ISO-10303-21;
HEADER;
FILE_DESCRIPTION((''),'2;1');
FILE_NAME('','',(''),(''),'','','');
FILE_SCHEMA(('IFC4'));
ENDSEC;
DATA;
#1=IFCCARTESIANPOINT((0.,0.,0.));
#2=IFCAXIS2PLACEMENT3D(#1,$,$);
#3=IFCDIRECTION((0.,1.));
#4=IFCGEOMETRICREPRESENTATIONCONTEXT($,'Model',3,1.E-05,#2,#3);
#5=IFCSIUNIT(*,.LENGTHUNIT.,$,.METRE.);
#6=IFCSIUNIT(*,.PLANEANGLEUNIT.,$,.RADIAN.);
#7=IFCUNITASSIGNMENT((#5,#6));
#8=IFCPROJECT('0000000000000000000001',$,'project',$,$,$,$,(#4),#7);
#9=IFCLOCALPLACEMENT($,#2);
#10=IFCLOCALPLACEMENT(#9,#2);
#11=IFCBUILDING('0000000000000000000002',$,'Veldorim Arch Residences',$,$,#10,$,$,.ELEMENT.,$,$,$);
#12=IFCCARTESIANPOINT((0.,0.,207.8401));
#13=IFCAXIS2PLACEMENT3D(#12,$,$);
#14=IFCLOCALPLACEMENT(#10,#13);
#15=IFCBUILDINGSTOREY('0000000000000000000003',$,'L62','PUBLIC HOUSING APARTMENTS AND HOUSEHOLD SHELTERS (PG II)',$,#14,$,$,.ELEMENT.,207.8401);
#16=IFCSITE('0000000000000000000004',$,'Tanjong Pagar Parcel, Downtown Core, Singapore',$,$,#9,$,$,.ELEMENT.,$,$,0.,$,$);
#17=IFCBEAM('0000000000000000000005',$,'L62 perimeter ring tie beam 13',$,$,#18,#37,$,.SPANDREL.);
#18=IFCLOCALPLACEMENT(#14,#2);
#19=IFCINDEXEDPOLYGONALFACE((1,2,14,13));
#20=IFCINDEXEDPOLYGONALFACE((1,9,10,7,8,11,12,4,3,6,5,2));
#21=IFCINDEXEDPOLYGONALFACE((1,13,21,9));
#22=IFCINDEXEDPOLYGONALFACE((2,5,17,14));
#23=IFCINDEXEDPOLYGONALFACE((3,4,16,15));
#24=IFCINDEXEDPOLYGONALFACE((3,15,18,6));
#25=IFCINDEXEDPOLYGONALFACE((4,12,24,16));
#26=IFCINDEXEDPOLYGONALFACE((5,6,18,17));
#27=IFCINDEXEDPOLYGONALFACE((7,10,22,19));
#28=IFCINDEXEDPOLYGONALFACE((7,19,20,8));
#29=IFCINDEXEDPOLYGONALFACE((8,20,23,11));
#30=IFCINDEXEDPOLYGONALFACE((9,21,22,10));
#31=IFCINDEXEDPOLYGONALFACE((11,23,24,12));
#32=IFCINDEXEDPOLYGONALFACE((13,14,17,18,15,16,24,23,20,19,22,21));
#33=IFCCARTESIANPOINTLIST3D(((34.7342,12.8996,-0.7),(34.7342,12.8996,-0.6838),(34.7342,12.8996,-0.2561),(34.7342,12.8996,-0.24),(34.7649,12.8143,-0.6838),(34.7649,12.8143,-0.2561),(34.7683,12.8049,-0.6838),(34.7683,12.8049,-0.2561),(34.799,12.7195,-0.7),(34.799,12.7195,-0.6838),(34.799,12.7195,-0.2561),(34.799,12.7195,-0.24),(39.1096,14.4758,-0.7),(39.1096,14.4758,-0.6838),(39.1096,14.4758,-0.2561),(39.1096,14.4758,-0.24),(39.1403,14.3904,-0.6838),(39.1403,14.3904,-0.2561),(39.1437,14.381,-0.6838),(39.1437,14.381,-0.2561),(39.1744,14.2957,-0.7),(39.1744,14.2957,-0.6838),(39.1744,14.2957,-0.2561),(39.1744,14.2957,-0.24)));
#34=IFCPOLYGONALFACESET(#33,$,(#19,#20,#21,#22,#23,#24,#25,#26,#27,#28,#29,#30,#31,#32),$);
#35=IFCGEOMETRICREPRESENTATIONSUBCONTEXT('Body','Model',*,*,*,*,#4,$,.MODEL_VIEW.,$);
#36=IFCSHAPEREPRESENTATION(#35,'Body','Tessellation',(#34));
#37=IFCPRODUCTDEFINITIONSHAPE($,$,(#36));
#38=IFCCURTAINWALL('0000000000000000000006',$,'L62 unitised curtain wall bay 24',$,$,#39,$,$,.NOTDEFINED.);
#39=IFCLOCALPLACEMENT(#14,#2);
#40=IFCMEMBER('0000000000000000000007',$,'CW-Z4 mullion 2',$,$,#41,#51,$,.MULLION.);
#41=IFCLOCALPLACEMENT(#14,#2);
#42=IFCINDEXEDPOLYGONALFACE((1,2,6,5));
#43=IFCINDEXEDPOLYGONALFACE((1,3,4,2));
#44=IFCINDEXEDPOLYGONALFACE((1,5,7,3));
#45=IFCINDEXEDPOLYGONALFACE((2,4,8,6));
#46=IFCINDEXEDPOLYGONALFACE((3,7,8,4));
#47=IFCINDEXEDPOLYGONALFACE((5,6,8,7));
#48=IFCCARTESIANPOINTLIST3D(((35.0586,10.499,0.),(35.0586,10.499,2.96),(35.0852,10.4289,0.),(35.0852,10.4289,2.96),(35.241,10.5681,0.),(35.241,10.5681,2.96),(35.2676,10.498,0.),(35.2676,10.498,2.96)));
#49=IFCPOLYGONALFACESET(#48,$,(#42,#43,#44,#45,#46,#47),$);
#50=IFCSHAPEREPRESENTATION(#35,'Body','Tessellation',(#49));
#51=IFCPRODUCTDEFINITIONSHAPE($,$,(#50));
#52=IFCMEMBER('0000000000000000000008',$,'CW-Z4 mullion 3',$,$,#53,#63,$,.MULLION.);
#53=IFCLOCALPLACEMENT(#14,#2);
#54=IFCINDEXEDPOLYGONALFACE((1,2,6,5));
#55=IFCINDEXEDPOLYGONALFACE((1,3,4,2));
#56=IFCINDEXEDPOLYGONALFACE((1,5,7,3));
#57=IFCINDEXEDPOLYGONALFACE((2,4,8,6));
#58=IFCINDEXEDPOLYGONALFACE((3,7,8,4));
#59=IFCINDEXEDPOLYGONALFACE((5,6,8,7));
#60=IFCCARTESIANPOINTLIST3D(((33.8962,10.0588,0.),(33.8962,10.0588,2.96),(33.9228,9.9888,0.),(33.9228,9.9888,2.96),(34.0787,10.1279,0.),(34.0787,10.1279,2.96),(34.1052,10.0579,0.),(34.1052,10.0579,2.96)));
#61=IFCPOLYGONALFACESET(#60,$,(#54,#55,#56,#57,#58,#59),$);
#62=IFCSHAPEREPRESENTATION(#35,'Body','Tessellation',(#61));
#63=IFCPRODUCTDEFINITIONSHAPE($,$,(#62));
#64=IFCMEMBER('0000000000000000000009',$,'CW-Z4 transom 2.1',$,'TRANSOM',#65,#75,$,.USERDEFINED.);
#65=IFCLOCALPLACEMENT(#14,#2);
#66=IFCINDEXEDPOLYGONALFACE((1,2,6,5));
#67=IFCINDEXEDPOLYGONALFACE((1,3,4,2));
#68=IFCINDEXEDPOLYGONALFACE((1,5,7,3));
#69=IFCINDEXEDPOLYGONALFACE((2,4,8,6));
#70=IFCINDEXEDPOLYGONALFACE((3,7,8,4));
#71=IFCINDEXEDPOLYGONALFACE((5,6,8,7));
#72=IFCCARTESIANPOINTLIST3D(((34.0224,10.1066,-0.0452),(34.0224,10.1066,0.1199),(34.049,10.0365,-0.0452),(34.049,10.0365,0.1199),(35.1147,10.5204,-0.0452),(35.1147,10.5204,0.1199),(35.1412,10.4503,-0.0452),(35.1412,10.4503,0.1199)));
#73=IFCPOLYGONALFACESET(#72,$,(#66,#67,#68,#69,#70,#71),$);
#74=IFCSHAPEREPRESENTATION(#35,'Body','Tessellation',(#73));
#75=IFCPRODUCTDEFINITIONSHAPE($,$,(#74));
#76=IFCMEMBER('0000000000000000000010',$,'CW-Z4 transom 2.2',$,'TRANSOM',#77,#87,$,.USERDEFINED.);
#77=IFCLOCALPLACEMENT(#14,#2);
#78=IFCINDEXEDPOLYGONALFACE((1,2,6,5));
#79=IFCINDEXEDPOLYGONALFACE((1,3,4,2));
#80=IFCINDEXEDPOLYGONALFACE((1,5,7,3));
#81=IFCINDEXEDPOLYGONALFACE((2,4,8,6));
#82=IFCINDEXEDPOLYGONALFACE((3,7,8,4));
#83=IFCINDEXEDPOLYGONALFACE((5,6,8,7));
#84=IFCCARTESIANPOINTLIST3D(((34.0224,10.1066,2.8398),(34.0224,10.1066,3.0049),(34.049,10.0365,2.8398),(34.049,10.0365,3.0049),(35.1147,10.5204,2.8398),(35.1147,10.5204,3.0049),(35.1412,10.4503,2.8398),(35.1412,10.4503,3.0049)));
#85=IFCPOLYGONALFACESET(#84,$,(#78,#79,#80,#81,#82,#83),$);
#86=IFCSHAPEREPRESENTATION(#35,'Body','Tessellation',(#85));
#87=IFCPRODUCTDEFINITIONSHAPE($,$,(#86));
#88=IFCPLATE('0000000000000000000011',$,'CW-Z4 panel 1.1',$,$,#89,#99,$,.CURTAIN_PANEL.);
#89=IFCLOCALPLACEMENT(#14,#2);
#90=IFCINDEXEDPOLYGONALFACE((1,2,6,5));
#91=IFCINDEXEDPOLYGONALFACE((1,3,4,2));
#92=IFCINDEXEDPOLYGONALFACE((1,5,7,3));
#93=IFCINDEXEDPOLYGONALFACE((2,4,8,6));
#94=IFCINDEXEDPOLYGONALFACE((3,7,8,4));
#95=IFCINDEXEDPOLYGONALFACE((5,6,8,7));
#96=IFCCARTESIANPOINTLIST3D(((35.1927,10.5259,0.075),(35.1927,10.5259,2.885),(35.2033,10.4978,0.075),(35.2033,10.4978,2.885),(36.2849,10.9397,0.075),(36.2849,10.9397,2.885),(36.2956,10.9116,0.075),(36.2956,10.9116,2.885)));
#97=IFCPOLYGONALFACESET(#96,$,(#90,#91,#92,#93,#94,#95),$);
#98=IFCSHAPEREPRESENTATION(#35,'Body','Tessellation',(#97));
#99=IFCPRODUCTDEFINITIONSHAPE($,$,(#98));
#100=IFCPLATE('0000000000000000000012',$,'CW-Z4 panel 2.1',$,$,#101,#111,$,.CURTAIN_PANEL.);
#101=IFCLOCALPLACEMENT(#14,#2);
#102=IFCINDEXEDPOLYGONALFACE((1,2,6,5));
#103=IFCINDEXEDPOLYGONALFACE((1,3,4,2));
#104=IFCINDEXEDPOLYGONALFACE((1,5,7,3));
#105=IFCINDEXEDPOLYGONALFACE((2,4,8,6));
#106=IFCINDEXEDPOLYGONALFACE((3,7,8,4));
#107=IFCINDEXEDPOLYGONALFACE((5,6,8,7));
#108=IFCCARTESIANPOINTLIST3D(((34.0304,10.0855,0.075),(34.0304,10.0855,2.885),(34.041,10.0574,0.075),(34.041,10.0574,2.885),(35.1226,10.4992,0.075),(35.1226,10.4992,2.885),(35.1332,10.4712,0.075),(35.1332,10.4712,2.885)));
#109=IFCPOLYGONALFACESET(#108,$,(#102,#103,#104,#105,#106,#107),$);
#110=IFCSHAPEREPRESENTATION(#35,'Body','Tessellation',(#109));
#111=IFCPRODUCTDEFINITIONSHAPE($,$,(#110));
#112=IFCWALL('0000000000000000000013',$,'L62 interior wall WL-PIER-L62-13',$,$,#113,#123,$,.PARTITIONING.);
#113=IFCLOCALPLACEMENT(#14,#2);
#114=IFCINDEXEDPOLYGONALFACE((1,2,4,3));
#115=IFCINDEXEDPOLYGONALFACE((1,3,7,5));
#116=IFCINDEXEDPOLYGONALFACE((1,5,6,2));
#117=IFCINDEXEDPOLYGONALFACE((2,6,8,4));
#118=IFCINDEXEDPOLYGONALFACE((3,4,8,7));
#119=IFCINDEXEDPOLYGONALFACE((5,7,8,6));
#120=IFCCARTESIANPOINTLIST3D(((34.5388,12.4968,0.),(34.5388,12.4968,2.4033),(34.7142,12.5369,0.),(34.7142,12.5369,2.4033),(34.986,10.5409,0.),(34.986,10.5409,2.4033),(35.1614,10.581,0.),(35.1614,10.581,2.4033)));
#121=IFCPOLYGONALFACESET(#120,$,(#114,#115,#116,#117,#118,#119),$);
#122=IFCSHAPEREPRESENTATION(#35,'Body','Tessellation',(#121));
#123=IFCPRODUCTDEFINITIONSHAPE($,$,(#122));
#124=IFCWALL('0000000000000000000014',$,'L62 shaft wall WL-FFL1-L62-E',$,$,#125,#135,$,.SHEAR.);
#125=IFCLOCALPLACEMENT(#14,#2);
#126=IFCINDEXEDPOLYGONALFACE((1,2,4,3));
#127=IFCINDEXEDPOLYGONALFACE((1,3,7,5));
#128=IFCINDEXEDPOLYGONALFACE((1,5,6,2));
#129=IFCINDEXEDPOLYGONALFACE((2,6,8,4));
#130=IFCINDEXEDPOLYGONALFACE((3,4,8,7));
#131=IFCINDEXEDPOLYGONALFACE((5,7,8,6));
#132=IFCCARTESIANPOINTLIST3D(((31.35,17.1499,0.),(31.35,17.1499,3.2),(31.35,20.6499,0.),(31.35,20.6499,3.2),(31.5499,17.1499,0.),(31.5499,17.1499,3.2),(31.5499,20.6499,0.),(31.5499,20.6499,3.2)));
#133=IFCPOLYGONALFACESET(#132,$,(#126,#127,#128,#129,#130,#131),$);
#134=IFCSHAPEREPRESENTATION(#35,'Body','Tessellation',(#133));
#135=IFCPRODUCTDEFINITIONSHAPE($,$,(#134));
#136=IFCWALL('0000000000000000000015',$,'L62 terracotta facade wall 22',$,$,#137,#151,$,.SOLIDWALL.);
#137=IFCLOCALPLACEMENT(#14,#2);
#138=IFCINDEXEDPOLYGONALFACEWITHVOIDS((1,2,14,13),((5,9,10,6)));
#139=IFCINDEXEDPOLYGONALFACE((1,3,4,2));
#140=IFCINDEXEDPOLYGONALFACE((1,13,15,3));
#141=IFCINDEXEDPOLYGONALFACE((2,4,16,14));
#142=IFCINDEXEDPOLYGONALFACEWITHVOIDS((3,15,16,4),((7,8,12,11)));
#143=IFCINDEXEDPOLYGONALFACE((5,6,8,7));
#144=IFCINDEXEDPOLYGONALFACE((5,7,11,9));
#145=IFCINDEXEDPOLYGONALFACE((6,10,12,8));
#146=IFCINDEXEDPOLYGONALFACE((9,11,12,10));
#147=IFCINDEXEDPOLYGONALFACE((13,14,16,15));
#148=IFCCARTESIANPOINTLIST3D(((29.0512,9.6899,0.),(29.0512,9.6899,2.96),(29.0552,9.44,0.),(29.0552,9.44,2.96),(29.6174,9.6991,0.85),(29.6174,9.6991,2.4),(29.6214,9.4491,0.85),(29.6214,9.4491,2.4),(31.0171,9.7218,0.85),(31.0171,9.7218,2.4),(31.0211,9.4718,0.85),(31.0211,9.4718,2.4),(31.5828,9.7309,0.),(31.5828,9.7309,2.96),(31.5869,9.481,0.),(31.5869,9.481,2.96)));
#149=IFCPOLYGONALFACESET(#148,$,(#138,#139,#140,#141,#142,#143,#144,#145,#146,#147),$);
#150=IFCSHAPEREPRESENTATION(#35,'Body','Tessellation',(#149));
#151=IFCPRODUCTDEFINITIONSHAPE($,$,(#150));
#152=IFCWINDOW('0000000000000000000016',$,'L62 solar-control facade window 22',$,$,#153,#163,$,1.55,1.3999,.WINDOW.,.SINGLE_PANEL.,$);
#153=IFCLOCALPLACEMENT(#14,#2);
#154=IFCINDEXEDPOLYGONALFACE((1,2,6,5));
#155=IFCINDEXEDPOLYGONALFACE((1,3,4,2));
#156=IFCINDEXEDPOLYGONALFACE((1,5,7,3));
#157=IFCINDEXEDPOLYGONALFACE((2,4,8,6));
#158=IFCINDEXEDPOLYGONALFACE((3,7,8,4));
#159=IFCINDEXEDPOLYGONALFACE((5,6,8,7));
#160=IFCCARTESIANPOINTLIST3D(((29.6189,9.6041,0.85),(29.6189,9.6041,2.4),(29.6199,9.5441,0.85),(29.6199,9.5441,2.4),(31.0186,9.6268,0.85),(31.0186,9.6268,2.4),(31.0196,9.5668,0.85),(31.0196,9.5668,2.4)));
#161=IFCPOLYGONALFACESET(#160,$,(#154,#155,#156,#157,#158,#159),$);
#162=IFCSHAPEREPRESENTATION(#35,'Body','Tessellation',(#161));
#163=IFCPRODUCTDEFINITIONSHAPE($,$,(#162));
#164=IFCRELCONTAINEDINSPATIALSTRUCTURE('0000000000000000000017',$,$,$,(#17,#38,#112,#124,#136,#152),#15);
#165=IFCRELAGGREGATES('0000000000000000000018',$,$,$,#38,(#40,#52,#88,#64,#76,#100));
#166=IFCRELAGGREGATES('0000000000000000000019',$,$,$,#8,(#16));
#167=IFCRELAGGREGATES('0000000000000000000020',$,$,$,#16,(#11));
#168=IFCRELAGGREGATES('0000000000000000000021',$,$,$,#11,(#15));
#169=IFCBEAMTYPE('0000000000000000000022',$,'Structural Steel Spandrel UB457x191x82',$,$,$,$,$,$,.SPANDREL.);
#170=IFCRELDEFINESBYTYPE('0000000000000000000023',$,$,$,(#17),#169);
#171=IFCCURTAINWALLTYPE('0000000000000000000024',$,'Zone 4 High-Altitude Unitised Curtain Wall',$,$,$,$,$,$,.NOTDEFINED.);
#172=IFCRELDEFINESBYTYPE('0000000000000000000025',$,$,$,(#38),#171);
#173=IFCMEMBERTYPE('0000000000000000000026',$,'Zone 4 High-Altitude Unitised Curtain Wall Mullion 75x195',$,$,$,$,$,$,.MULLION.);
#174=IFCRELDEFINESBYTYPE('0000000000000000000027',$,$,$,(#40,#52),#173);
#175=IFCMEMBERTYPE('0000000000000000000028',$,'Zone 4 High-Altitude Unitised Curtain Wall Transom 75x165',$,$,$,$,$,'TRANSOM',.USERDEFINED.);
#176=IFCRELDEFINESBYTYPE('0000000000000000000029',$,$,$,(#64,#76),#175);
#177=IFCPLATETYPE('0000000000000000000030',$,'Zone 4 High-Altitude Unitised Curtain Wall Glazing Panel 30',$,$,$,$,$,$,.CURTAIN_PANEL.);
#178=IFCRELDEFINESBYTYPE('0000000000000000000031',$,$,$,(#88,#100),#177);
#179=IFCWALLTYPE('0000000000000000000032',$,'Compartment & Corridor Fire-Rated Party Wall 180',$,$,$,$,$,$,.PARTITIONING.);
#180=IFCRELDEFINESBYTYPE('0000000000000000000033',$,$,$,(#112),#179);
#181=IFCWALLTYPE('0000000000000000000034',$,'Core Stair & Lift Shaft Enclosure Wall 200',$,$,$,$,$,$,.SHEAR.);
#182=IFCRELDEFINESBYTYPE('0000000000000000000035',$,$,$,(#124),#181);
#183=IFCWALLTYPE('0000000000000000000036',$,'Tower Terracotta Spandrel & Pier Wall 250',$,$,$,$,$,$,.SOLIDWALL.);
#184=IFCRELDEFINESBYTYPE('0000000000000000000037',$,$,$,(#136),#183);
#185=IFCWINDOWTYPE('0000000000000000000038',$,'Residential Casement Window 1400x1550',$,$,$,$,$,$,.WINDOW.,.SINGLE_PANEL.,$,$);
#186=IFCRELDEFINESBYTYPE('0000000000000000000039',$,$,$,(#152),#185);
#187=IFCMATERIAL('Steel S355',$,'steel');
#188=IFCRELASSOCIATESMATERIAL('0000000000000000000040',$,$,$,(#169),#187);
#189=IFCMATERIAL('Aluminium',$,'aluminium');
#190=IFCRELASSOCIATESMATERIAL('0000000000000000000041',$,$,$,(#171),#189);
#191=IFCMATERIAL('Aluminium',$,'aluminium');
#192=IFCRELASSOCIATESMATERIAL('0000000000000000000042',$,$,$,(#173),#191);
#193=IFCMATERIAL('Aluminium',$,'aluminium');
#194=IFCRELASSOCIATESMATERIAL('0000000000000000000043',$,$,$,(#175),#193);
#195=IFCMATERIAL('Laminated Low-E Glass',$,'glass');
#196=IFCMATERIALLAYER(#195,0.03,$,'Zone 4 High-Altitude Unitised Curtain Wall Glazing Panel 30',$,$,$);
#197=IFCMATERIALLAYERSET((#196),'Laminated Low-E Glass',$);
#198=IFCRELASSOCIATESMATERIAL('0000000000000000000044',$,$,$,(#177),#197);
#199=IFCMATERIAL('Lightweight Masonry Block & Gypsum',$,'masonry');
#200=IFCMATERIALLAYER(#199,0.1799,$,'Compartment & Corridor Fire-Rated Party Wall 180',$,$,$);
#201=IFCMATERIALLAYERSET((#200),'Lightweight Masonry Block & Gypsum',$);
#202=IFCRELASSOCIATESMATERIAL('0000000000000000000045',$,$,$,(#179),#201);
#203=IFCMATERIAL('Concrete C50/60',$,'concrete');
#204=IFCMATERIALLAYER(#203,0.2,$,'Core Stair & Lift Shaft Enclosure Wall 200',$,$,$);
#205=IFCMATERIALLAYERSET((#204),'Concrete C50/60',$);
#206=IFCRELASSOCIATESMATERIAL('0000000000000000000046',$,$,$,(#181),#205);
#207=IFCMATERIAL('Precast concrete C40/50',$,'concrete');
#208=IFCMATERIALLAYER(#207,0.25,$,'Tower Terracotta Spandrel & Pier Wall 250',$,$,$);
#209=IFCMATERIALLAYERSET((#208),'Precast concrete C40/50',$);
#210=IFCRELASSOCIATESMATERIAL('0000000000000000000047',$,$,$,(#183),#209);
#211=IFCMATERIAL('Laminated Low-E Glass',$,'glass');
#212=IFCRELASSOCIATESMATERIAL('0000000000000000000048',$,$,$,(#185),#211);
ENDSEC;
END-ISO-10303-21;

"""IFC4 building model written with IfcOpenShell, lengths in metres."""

from ifc_helpers import new_model, si_unit, direction, frame, frame_2d, origin, origin_2d, place, context, subcontext, project, spatial, rectangle, i_section, extrude, material, layer, layer_set, material_profile, profile_set, type_object, element, fill, aggregate, save


model = new_model("IFC4")

# Units and contexts
model_context = context("Model", 3, precision=1e-05, world=origin(), true_north=direction((0.0, 1.0)))
body_context = subcontext(model_context, "Body", "Model", "MODEL_VIEW")
ifc_project = project(units=[si_unit("LENGTHUNIT", "METRE"), si_unit("PLANEANGLEUNIT", "RADIAN")], contexts=[model_context])

# Site, building, storey
site_placement = place(None, origin())
site = spatial("IfcSite", under=ifc_project, at=site_placement, Name="Tanjong Pagar Parcel, Downtown Core, Singapore", CompositionType="ELEMENT", RefElevation=0.0)
building_placement = place(site_placement, origin())
building = spatial("IfcBuilding", under=site, at=building_placement, Name="Veldorim Arch Residences", CompositionType="ELEMENT")
storey_placement = place(building_placement, frame((0.0, 0.0, 207.8401)))
storey = spatial("IfcBuildingStorey", under=building, at=storey_placement, Name="L62", Description="PUBLIC HOUSING APARTMENTS AND HOUSEHOLD SHELTERS (PG II)", CompositionType="ELEMENT", Elevation=207.8401)

# Beam
ifc_material_1 = material(Name="Steel S355", Category="steel")
ifc_material_profile_1 = material_profile(ifc_material_1, i_section(OverallWidth=0.1914, OverallDepth=0.46, WebThickness=0.01, FlangeThickness=0.0161, at=origin_2d()), Name="UB457x191x82")
ifc_profile_set_1 = profile_set([ifc_material_profile_1], Name="Steel S355")
beam_type_1 = type_object("IfcBeamType", Name="Structural Steel Spandrel UB457x191x82", PredefinedType="SPANDREL", material=ifc_profile_set_1)
beam_1_placement = place(storey_placement, frame((34.7666, 12.8096, -0.47), z_axis=(0.940819, 0.338909, 0.0), x_axis=(-0.338909, 0.940819, 0.0)))
element("IfcBeam", 1, at=beam_1_placement, inside=storey, type_object=beam_type_1, Name="L62 perimeter ring tie beam 13", PredefinedType="SPANDREL", context=body_context, shape_type="SweptSolid", body=[
    extrude(i_section(OverallWidth=0.1914, OverallDepth=0.46, WebThickness=0.01, FlangeThickness=0.0161, at=origin_2d()), origin(), (0.0, 0.0, 1.0), 4.6506),
])

# Curtain wall, members, plates
ifc_material_2 = material(Name="Aluminium", Category="aluminium")
curtain_wall_type = type_object("IfcCurtainWallType", Name="Zone 4 High-Altitude Unitised Curtain Wall", PredefinedType="NOTDEFINED", material=ifc_material_2)
curtain_wall_placement = place(storey_placement, origin())
curtain_wall = element("IfcCurtainWall", 2, at=curtain_wall_placement, inside=storey, type_object=curtain_wall_type, Name="L62 unitised curtain wall bay 24", PredefinedType="NOTDEFINED")
ifc_material_3 = material(Name="Aluminium", Category="aluminium")
ifc_material_profile_2 = material_profile(ifc_material_3, rectangle(XDim=0.075, YDim=0.1951, at=origin_2d()), Name="ALU_MUL_75x195")
ifc_profile_set_2 = profile_set([ifc_material_profile_2], Name="Aluminium")
member_type_1 = type_object("IfcMemberType", Name="Zone 4 High-Altitude Unitised Curtain Wall Mullion 75x195", PredefinedType="MULLION", material=ifc_profile_set_2)
member_1_placement = place(storey_placement, frame((35.1631, 10.4985, 0.0), z_axis=(0.0, 0.0, 1.0), x_axis=(0.354241, -0.935154, 0.0)))
member_1 = element("IfcMember", 3, at=member_1_placement, type_object=member_type_1, Name="CW-Z4 mullion 2", PredefinedType="MULLION", context=body_context, shape_type="SweptSolid", body=[
    extrude(rectangle(XDim=0.075, YDim=0.1951, at=origin_2d()), origin(), (0.0, 0.0, 1.0), 2.96),
])
member_2_placement = place(storey_placement, frame((34.0007, 10.0583, 0.0), z_axis=(0.0, 0.0, 1.0), x_axis=(0.354241, -0.935154, 0.0)))
member_2 = element("IfcMember", 4, at=member_2_placement, type_object=member_type_1, Name="CW-Z4 mullion 3", PredefinedType="MULLION", context=body_context, shape_type="SweptSolid", body=[
    extrude(rectangle(XDim=0.075, YDim=0.1951, at=origin_2d()), origin(), (0.0, 0.0, 1.0), 2.96),
])
ifc_material_4 = material(Name="Aluminium", Category="aluminium")
ifc_material_profile_3 = material_profile(ifc_material_4, rectangle(XDim=0.075, YDim=0.165, at=origin_2d()), Name="ALU_TRN_75x165")
ifc_profile_set_3 = profile_set([ifc_material_profile_3], Name="Aluminium")
member_type_2 = type_object("IfcMemberType", Name="Zone 4 High-Altitude Unitised Curtain Wall Transom 75x165", ElementType="TRANSOM", PredefinedType="USERDEFINED", material=ifc_profile_set_3)
member_3_placement = place(storey_placement, frame((35.1279, 10.4854, 0.0374), z_axis=(-0.935138, -0.354282, 0.0), x_axis=(0.354282, -0.935138, 0.0)))
member_3 = element("IfcMember", 5, at=member_3_placement, type_object=member_type_2, Name="CW-Z4 transom 2.1", ObjectType="TRANSOM", PredefinedType="USERDEFINED", context=body_context, shape_type="SweptSolid", body=[
    extrude(rectangle(XDim=0.075, YDim=0.165, at=origin_2d()), origin(), (0.0, 0.0, 1.0), 1.168),
])
member_4_placement = place(storey_placement, frame((35.1279, 10.4854, 2.9224), z_axis=(-0.935138, -0.354282, 0.0), x_axis=(0.354282, -0.935138, 0.0)))
member_4 = element("IfcMember", 6, at=member_4_placement, type_object=member_type_2, Name="CW-Z4 transom 2.2", ObjectType="TRANSOM", PredefinedType="USERDEFINED", context=body_context, shape_type="SweptSolid", body=[
    extrude(rectangle(XDim=0.075, YDim=0.165, at=origin_2d()), origin(), (0.0, 0.0, 1.0), 1.168),
])
ifc_material_5 = material(Name="Laminated Low-E Glass", Category="glass")
ifc_layer_1 = layer(ifc_material_5, 0.03, Name="Zone 4 High-Altitude Unitised Curtain Wall Glazing Panel 30")
ifc_layer_set_1 = layer_set([ifc_layer_1], Name="Laminated Low-E Glass")
plate_type = type_object("IfcPlateType", Name="Zone 4 High-Altitude Unitised Curtain Wall Glazing Panel 30", PredefinedType="CURTAIN_PANEL", material=ifc_layer_set_1)
plate_1_placement = place(storey_placement, frame((35.7441, 10.7188, 0.075), z_axis=(0.0, 0.0, 1.0), x_axis=(-0.935154, -0.354241, 0.0)))
plate_1 = element("IfcPlate", 7, at=plate_1_placement, type_object=plate_type, Name="CW-Z4 panel 1.1", PredefinedType="CURTAIN_PANEL", context=body_context, shape_type="SweptSolid", body=[
    extrude(rectangle(XDim=1.168, YDim=0.03, at=origin_2d()), origin(), (0.0, 0.0, 1.0), 2.8101),
])
plate_2_placement = place(storey_placement, frame((34.5818, 10.2783, 0.075), z_axis=(0.0, 0.0, 1.0), x_axis=(-0.935154, -0.354241, 0.0)))
plate_2 = element("IfcPlate", 8, at=plate_2_placement, type_object=plate_type, Name="CW-Z4 panel 2.1", PredefinedType="CURTAIN_PANEL", context=body_context, shape_type="SweptSolid", body=[
    extrude(rectangle(XDim=1.168, YDim=0.03, at=origin_2d()), origin(), (0.0, 0.0, 1.0), 2.8101),
])
aggregate(curtain_wall, [member_1, member_2, plate_1, member_3, member_4, plate_2])

# Walls
ifc_material_6 = material(Name="Lightweight Masonry Block & Gypsum", Category="masonry")
ifc_layer_2 = layer(ifc_material_6, 0.1799, Name="Compartment & Corridor Fire-Rated Party Wall 180")
ifc_layer_set_2 = layer_set([ifc_layer_2], Name="Lightweight Masonry Block & Gypsum")
wall_type_1 = type_object("IfcWallType", Name="Compartment & Corridor Fire-Rated Party Wall 180", PredefinedType="PARTITIONING", material=ifc_layer_set_2)
wall_1_placement = place(storey_placement, frame((34.6265, 12.5168, 0.0), z_axis=(0.0, 0.0, 1.0), x_axis=(0.222931, -0.974834, 0.0)))
element("IfcWall", 9, at=wall_1_placement, inside=storey, type_object=wall_type_1, Name="L62 interior wall WL-PIER-L62-13", PredefinedType="PARTITIONING", context=body_context, shape_type="SweptSolid", body=[
    extrude(rectangle(XDim=2.0063, YDim=0.1799, at=frame_2d((1.0032, 0.0))), origin(), (0.0, 0.0, 1.0), 2.4033),
])
ifc_material_7 = material(Name="Concrete C50/60", Category="concrete")
ifc_layer_3 = layer(ifc_material_7, 0.2, Name="Core Stair & Lift Shaft Enclosure Wall 200")
ifc_layer_set_3 = layer_set([ifc_layer_3], Name="Concrete C50/60")
wall_type_2 = type_object("IfcWallType", Name="Core Stair & Lift Shaft Enclosure Wall 200", PredefinedType="SHEAR", material=ifc_layer_set_3)
wall_2_placement = place(storey_placement, frame((31.45, 17.1499, 0.0), z_axis=(0.0, 0.0, 1.0), x_axis=(0.0, 1.0, 0.0)))
element("IfcWall", 10, at=wall_2_placement, inside=storey, type_object=wall_type_2, Name="L62 shaft wall WL-FFL1-L62-E", PredefinedType="SHEAR", context=body_context, shape_type="SweptSolid", body=[
    extrude(rectangle(XDim=3.5, YDim=0.2, at=frame_2d((1.75, 0.0))), origin(), (0.0, 0.0, 1.0), 3.2),
])

# Wall, opening, window
ifc_material_8 = material(Name="Precast concrete C40/50", Category="concrete")
ifc_layer_4 = layer(ifc_material_8, 0.25, Name="Tower Terracotta Spandrel & Pier Wall 250")
ifc_layer_set_4 = layer_set([ifc_layer_4], Name="Precast concrete C40/50")
wall_type_3 = type_object("IfcWallType", Name="Tower Terracotta Spandrel & Pier Wall 250", PredefinedType="SOLIDWALL", material=ifc_layer_set_4)
wall_3_placement = place(storey_placement, frame((31.585, 9.606, 0.0), z_axis=(0.0, 0.0, 1.0), x_axis=(-0.999869, -0.016198, 0.0)))
wall_3 = element("IfcWall", 11, at=wall_3_placement, inside=storey, type_object=wall_type_3, Name="L62 terracotta facade wall 22", PredefinedType="SOLIDWALL", context=body_context, shape_type="SweptSolid", body=[
    extrude(rectangle(XDim=2.532, YDim=0.25, at=frame_2d((1.2661, 0.0))), origin(), (0.0, 0.0, 1.0), 2.96),
])
opening_1_placement = place(wall_3_placement, frame((0.5659, 0.0, 0.8501)))
opening_1 = element("IfcOpeningElement", 12, at=opening_1_placement, cuts=wall_3, PredefinedType="OPENING", context=body_context, shape_type="SweptSolid", body=[
    extrude(rectangle(XDim=1.3999, YDim=1.55, at=frame_2d((0.7, 0.7749))), frame((0.0, 0.135, 0.0), z_axis=(0.0, -1.0, 0.0), x_axis=(1.0, 0.0, 0.0)), (0.0, 0.0, 1.0), 0.27),
])
ifc_material_9 = material(Name="Laminated Low-E Glass", Category="glass")
window_type = type_object("IfcWindowType", Name="Residential Casement Window 1400x1550", PartitioningType="SINGLE_PANEL", PredefinedType="WINDOW", material=ifc_material_9)
window_placement = place(opening_1_placement, origin())
window = element("IfcWindow", 13, at=window_placement, inside=storey, type_object=window_type, Name="L62 solar-control facade window 22", OverallHeight=1.55, OverallWidth=1.3999, PartitioningType="SINGLE_PANEL", PredefinedType="WINDOW", context=body_context, shape_type="SweptSolid", body=[
    extrude(rectangle(XDim=1.3999, YDim=1.55, at=frame_2d((0.7, 0.7749))), frame((0.0, 0.03, 0.0), z_axis=(0.0, -1.0, 0.0), x_axis=(1.0, 0.0, 0.0)), (0.0, 0.0, 1.0), 0.0601),
])
fill(opening_1, window)

save(model, "model.ifc")
